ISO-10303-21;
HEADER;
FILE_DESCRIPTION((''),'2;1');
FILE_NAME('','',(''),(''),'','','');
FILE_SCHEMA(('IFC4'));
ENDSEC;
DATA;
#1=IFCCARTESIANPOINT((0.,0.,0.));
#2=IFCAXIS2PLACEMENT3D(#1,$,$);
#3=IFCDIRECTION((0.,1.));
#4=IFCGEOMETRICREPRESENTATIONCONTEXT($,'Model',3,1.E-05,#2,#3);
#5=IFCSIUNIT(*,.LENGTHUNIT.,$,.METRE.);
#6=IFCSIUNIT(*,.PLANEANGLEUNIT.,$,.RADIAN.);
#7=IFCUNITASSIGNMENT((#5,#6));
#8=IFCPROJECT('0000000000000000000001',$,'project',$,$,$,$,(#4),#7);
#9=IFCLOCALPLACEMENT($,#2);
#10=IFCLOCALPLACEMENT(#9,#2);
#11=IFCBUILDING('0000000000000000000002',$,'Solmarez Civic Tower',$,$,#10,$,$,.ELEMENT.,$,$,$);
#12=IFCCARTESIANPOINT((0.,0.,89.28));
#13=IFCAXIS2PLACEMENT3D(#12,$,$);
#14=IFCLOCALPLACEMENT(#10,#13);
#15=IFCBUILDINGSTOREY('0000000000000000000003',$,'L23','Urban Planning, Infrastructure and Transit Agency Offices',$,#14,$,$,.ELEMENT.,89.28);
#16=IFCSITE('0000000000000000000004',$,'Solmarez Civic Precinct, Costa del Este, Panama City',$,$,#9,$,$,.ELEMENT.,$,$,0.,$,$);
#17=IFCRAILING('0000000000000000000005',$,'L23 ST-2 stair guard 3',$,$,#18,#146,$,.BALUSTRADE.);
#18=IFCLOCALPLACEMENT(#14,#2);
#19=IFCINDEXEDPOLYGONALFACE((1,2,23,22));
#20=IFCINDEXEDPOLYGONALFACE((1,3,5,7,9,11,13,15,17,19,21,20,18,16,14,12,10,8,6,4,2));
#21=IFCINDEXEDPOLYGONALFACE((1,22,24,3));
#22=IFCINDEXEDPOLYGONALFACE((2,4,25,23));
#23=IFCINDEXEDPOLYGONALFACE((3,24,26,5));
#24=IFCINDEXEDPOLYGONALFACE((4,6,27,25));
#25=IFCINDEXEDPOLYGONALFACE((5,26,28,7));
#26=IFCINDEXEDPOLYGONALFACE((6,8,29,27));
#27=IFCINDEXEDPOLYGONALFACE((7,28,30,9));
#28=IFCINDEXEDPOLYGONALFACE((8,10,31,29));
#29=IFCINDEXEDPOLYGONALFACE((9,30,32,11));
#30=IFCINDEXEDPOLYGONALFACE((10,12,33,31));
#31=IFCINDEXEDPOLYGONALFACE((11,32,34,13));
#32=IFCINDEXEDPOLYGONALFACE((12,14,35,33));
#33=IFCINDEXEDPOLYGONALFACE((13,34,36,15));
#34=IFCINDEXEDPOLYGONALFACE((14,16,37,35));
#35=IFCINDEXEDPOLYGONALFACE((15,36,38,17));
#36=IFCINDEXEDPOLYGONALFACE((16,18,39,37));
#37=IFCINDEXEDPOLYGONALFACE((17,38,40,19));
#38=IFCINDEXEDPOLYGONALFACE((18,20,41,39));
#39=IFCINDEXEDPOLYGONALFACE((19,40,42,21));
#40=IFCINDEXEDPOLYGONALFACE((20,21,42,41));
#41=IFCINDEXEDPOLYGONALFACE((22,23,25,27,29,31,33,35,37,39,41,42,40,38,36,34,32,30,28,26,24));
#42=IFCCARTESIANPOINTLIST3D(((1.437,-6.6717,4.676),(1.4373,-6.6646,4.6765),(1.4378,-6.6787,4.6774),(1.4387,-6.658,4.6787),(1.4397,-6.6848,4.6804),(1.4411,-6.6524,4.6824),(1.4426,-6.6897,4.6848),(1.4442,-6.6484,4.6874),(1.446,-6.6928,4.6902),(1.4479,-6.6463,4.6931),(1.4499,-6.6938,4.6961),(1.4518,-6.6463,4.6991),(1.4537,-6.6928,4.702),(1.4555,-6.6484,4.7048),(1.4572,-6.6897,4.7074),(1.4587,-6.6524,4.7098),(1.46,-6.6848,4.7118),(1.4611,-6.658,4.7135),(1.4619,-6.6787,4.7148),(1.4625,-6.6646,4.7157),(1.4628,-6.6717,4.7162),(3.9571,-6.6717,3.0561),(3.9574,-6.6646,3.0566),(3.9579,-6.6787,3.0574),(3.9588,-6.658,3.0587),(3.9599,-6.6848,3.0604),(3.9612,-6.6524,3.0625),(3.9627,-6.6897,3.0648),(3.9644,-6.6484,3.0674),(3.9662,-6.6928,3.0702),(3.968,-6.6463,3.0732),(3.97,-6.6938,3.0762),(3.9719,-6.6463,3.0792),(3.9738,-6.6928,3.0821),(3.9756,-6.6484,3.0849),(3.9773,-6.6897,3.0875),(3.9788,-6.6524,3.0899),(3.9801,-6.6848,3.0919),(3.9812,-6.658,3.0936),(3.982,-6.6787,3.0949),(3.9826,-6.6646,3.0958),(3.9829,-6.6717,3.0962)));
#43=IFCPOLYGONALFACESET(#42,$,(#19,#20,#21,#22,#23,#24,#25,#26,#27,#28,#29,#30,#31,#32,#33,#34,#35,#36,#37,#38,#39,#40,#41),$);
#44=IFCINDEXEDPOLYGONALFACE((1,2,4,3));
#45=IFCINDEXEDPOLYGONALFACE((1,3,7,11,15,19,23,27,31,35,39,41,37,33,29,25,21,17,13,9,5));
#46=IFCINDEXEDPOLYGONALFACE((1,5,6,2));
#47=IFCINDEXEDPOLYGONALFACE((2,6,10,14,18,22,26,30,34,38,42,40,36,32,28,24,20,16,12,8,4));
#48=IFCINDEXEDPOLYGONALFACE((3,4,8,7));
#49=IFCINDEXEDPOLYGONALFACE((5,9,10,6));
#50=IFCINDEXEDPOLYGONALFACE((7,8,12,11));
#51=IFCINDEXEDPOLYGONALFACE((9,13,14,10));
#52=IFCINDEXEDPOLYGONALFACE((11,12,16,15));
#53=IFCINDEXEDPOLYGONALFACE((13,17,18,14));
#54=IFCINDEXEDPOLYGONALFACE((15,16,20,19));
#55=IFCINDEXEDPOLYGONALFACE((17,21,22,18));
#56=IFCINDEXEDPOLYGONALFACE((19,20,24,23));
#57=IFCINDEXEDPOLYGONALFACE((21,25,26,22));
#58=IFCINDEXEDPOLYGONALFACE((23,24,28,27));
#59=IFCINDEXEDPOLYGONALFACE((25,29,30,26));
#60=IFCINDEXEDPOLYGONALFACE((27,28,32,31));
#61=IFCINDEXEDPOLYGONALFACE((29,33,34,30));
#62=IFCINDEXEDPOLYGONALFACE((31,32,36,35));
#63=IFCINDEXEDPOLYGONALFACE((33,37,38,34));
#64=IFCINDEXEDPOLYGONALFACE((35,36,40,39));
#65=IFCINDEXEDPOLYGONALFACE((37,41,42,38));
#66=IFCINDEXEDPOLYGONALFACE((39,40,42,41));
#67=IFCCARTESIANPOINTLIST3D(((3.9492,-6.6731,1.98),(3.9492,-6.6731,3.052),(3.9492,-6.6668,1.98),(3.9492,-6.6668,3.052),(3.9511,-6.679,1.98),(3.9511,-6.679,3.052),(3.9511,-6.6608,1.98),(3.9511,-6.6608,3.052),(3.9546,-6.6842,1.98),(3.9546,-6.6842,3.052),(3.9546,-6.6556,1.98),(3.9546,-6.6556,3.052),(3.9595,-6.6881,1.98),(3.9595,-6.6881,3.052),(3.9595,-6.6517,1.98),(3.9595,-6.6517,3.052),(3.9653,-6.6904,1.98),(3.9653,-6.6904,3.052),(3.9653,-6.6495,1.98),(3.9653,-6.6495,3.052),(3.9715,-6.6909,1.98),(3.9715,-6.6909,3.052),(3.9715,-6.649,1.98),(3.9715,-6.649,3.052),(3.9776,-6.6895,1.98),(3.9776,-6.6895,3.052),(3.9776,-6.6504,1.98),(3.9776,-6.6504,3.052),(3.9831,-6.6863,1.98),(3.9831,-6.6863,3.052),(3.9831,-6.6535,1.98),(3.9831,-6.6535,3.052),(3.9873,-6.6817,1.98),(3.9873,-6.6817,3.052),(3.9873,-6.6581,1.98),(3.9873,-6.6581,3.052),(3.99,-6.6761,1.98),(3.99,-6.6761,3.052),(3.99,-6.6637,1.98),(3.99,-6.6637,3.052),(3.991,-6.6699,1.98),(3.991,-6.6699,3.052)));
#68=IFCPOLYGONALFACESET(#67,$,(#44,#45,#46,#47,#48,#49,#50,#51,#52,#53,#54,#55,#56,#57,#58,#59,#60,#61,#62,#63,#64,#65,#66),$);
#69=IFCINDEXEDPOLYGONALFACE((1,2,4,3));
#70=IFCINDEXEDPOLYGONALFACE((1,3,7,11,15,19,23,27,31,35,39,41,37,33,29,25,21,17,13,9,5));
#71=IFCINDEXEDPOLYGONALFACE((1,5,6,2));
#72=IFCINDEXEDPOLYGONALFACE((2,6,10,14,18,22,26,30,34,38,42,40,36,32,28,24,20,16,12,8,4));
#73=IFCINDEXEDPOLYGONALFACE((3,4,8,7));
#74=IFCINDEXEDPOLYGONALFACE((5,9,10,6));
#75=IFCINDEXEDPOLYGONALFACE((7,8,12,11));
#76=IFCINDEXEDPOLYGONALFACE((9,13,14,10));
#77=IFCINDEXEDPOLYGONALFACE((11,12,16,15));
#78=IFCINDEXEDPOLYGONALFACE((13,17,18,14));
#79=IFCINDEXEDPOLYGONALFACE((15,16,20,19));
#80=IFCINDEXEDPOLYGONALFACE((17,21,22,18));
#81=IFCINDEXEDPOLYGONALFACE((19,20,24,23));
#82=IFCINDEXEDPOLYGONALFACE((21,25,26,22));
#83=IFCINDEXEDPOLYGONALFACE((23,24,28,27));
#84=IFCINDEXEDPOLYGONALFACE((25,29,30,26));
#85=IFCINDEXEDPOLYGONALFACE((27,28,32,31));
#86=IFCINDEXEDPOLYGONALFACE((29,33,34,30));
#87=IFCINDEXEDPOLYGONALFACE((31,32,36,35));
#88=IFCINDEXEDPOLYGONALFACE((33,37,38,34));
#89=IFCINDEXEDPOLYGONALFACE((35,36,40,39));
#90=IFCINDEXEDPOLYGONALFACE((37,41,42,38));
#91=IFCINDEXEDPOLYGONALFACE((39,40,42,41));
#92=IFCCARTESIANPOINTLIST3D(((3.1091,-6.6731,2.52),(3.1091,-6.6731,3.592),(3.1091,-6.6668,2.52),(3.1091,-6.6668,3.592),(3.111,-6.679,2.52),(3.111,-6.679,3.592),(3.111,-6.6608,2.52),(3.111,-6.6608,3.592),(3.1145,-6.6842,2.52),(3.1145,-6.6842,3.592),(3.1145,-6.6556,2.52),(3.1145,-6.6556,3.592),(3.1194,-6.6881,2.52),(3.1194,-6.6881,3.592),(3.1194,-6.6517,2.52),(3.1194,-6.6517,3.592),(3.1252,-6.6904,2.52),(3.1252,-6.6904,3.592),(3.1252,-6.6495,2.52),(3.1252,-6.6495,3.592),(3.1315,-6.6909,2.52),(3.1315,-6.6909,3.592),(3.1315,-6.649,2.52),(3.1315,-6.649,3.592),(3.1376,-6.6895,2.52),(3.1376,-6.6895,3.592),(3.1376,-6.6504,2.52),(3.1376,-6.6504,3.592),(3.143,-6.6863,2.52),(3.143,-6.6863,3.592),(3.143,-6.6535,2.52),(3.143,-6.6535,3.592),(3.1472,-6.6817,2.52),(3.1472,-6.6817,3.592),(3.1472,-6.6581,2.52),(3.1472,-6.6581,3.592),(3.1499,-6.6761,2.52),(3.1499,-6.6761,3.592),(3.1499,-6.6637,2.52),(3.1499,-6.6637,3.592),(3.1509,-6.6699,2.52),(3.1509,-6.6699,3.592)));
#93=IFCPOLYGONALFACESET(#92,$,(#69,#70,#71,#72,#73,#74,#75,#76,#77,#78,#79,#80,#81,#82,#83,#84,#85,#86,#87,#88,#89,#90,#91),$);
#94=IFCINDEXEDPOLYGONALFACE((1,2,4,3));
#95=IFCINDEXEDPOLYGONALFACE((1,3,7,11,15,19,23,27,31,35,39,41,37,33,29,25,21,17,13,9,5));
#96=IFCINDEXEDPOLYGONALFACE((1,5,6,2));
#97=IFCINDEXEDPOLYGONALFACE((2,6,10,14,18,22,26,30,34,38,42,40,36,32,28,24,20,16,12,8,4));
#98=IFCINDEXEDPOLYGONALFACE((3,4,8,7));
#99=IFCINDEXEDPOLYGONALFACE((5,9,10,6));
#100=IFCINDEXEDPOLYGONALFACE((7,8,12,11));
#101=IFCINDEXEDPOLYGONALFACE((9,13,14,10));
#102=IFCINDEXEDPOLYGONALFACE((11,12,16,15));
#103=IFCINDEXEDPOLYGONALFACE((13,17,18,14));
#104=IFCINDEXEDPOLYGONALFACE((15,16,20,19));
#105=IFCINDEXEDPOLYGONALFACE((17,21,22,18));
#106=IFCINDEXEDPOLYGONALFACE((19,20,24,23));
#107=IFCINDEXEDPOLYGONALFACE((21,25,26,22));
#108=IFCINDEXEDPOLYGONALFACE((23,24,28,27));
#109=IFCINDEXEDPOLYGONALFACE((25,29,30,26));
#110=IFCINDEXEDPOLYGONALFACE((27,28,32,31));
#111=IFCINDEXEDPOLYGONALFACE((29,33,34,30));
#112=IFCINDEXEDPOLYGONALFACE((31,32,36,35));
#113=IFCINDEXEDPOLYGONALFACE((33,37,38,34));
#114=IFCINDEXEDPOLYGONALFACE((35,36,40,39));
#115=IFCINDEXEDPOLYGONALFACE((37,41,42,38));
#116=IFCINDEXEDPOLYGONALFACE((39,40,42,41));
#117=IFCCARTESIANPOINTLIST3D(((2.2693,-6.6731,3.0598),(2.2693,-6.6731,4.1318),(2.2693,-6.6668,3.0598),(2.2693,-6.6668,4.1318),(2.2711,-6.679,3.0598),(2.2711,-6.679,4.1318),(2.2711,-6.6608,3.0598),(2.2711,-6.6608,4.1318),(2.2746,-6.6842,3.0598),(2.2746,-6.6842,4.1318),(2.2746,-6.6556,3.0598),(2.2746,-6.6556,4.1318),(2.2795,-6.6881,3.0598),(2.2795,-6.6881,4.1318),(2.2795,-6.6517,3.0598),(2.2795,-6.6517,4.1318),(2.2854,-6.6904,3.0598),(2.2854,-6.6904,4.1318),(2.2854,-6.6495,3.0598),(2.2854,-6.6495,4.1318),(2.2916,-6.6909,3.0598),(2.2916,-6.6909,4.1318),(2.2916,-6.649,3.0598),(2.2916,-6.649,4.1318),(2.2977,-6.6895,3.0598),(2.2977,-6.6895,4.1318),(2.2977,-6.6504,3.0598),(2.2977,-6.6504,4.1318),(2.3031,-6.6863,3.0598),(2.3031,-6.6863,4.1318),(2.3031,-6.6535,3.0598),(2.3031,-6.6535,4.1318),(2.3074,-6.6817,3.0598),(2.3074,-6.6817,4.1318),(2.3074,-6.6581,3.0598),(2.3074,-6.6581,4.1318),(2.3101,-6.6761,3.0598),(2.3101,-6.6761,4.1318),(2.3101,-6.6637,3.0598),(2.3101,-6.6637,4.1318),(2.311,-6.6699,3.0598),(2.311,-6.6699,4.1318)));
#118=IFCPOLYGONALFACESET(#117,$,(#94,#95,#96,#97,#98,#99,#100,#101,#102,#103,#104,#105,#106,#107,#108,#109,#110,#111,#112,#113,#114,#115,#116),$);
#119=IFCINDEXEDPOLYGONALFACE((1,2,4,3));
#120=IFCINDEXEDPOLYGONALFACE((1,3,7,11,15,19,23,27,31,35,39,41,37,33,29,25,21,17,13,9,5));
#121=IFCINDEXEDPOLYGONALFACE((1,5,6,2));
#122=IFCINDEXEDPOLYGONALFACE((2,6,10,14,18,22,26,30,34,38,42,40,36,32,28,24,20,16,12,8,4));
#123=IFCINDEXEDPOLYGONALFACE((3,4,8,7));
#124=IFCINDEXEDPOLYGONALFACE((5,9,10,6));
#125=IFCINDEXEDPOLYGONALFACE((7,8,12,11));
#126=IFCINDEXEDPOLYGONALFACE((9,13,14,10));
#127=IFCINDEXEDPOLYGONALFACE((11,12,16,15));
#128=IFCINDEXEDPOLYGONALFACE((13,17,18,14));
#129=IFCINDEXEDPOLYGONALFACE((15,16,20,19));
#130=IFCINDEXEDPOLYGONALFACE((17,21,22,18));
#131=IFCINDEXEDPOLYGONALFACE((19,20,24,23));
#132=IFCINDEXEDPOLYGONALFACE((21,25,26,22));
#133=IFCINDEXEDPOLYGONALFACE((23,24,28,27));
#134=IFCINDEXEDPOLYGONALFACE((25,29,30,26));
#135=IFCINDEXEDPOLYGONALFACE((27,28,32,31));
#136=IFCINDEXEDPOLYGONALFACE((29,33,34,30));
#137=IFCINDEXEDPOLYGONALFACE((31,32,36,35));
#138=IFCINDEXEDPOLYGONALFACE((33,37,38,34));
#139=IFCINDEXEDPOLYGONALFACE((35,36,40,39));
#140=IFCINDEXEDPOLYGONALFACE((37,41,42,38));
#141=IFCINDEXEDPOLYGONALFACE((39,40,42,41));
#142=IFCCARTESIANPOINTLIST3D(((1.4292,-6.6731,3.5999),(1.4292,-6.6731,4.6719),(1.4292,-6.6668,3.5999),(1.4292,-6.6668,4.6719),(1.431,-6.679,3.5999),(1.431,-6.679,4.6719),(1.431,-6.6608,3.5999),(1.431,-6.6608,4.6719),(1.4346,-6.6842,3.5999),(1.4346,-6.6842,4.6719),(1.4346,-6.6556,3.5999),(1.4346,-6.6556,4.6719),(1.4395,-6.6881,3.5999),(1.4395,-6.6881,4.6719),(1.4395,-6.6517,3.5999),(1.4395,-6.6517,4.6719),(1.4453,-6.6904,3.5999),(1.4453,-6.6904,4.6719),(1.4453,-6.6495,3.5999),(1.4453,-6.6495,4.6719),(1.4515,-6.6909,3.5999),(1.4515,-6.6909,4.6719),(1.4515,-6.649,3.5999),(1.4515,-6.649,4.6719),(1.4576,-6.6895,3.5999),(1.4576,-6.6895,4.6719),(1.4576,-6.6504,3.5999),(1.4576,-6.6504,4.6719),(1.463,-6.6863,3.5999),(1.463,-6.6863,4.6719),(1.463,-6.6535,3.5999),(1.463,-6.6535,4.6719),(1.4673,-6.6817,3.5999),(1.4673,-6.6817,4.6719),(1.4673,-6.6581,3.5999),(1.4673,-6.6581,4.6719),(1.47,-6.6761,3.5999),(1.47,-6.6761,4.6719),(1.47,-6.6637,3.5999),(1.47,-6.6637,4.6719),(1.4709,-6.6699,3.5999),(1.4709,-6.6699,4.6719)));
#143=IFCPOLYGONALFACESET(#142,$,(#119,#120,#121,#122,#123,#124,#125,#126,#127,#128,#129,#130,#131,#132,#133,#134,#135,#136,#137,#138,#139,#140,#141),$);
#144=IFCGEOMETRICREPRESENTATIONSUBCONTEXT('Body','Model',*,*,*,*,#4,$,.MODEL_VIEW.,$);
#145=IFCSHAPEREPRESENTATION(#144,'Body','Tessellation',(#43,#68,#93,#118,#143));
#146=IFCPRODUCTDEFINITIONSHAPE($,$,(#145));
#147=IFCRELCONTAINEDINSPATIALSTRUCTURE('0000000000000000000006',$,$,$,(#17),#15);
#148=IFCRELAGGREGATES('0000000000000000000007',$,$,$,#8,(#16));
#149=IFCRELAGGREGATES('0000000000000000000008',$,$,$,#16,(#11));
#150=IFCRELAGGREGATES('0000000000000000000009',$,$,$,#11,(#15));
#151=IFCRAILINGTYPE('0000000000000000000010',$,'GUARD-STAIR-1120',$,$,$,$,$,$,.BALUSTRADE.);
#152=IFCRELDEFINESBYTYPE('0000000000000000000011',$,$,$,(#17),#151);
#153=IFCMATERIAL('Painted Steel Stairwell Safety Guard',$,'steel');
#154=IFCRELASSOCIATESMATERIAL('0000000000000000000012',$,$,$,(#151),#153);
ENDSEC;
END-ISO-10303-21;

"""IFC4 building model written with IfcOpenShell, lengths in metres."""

from ifc_helpers import new_model, si_unit, direction, frame, origin, origin_2d, place, context, subcontext, project, spatial, circle, extrude, material, type_object, element, save


model = new_model("IFC4")

# Units and contexts
model_context = context("Model", 3, precision=1e-05, world=origin(), true_north=direction((0.0, 1.0)))
body_context = subcontext(model_context, "Body", "Model", "MODEL_VIEW")
ifc_project = project(units=[si_unit("LENGTHUNIT", "METRE"), si_unit("PLANEANGLEUNIT", "RADIAN")], contexts=[model_context])

# Site, building, storey
site_placement = place(None, origin())
site = spatial("IfcSite", under=ifc_project, at=site_placement, Name="Solmarez Civic Precinct, Costa del Este, Panama City", CompositionType="ELEMENT", RefElevation=0.0)
building_placement = place(site_placement, origin())
building = spatial("IfcBuilding", under=site, at=building_placement, Name="Solmarez Civic Tower", CompositionType="ELEMENT")
storey_placement = place(building_placement, frame((0.0, 0.0, 89.28)))
storey = spatial("IfcBuildingStorey", under=building, at=storey_placement, Name="L23", Description="Urban Planning, Infrastructure and Transit Agency Offices", CompositionType="ELEMENT", Elevation=89.28)

# Railing
ifc_material_1 = material(Name="Painted Steel Stairwell Safety Guard", Category="steel")
railing_type_1 = type_object("IfcRailingType", Name="GUARD-STAIR-1120", PredefinedType="BALUSTRADE", material=ifc_material_1)
railing_1_placement = place(storey_placement, frame((3.97, -6.6699, 1.98)))
element("IfcRailing", 1, at=railing_1_placement, inside=storey, type_object=railing_type_1, Name="L23 ST-2 stair guard 3", PredefinedType="BALUSTRADE", context=body_context, shape_type="SweptSolid", body=[
    extrude(circle(Radius=0.0239, at=origin_2d()), frame((0.0, 0.0, 1.0962), z_axis=(-0.8412, 0.0, 0.540725), x_axis=(0.0, -1.0, 0.0)), (0.0, 0.0, 1.0), 2.9958),
    extrude(circle(Radius=0.021, at=origin_2d()), origin(), (0.0, 0.0, 1.0), 1.072),
    extrude(circle(Radius=0.021, at=origin_2d()), frame((-0.8401, 0.0, 0.54)), (0.0, 0.0, 1.0), 1.072),
    extrude(circle(Radius=0.021, at=origin_2d()), frame((-1.6799, 0.0, 1.0798)), (0.0, 0.0, 1.0), 1.072),
    extrude(circle(Radius=0.021, at=origin_2d()), frame((-2.52, 0.0, 1.6199)), (0.0, 0.0, 1.0), 1.072),
])

save(model, "model.ifc")
